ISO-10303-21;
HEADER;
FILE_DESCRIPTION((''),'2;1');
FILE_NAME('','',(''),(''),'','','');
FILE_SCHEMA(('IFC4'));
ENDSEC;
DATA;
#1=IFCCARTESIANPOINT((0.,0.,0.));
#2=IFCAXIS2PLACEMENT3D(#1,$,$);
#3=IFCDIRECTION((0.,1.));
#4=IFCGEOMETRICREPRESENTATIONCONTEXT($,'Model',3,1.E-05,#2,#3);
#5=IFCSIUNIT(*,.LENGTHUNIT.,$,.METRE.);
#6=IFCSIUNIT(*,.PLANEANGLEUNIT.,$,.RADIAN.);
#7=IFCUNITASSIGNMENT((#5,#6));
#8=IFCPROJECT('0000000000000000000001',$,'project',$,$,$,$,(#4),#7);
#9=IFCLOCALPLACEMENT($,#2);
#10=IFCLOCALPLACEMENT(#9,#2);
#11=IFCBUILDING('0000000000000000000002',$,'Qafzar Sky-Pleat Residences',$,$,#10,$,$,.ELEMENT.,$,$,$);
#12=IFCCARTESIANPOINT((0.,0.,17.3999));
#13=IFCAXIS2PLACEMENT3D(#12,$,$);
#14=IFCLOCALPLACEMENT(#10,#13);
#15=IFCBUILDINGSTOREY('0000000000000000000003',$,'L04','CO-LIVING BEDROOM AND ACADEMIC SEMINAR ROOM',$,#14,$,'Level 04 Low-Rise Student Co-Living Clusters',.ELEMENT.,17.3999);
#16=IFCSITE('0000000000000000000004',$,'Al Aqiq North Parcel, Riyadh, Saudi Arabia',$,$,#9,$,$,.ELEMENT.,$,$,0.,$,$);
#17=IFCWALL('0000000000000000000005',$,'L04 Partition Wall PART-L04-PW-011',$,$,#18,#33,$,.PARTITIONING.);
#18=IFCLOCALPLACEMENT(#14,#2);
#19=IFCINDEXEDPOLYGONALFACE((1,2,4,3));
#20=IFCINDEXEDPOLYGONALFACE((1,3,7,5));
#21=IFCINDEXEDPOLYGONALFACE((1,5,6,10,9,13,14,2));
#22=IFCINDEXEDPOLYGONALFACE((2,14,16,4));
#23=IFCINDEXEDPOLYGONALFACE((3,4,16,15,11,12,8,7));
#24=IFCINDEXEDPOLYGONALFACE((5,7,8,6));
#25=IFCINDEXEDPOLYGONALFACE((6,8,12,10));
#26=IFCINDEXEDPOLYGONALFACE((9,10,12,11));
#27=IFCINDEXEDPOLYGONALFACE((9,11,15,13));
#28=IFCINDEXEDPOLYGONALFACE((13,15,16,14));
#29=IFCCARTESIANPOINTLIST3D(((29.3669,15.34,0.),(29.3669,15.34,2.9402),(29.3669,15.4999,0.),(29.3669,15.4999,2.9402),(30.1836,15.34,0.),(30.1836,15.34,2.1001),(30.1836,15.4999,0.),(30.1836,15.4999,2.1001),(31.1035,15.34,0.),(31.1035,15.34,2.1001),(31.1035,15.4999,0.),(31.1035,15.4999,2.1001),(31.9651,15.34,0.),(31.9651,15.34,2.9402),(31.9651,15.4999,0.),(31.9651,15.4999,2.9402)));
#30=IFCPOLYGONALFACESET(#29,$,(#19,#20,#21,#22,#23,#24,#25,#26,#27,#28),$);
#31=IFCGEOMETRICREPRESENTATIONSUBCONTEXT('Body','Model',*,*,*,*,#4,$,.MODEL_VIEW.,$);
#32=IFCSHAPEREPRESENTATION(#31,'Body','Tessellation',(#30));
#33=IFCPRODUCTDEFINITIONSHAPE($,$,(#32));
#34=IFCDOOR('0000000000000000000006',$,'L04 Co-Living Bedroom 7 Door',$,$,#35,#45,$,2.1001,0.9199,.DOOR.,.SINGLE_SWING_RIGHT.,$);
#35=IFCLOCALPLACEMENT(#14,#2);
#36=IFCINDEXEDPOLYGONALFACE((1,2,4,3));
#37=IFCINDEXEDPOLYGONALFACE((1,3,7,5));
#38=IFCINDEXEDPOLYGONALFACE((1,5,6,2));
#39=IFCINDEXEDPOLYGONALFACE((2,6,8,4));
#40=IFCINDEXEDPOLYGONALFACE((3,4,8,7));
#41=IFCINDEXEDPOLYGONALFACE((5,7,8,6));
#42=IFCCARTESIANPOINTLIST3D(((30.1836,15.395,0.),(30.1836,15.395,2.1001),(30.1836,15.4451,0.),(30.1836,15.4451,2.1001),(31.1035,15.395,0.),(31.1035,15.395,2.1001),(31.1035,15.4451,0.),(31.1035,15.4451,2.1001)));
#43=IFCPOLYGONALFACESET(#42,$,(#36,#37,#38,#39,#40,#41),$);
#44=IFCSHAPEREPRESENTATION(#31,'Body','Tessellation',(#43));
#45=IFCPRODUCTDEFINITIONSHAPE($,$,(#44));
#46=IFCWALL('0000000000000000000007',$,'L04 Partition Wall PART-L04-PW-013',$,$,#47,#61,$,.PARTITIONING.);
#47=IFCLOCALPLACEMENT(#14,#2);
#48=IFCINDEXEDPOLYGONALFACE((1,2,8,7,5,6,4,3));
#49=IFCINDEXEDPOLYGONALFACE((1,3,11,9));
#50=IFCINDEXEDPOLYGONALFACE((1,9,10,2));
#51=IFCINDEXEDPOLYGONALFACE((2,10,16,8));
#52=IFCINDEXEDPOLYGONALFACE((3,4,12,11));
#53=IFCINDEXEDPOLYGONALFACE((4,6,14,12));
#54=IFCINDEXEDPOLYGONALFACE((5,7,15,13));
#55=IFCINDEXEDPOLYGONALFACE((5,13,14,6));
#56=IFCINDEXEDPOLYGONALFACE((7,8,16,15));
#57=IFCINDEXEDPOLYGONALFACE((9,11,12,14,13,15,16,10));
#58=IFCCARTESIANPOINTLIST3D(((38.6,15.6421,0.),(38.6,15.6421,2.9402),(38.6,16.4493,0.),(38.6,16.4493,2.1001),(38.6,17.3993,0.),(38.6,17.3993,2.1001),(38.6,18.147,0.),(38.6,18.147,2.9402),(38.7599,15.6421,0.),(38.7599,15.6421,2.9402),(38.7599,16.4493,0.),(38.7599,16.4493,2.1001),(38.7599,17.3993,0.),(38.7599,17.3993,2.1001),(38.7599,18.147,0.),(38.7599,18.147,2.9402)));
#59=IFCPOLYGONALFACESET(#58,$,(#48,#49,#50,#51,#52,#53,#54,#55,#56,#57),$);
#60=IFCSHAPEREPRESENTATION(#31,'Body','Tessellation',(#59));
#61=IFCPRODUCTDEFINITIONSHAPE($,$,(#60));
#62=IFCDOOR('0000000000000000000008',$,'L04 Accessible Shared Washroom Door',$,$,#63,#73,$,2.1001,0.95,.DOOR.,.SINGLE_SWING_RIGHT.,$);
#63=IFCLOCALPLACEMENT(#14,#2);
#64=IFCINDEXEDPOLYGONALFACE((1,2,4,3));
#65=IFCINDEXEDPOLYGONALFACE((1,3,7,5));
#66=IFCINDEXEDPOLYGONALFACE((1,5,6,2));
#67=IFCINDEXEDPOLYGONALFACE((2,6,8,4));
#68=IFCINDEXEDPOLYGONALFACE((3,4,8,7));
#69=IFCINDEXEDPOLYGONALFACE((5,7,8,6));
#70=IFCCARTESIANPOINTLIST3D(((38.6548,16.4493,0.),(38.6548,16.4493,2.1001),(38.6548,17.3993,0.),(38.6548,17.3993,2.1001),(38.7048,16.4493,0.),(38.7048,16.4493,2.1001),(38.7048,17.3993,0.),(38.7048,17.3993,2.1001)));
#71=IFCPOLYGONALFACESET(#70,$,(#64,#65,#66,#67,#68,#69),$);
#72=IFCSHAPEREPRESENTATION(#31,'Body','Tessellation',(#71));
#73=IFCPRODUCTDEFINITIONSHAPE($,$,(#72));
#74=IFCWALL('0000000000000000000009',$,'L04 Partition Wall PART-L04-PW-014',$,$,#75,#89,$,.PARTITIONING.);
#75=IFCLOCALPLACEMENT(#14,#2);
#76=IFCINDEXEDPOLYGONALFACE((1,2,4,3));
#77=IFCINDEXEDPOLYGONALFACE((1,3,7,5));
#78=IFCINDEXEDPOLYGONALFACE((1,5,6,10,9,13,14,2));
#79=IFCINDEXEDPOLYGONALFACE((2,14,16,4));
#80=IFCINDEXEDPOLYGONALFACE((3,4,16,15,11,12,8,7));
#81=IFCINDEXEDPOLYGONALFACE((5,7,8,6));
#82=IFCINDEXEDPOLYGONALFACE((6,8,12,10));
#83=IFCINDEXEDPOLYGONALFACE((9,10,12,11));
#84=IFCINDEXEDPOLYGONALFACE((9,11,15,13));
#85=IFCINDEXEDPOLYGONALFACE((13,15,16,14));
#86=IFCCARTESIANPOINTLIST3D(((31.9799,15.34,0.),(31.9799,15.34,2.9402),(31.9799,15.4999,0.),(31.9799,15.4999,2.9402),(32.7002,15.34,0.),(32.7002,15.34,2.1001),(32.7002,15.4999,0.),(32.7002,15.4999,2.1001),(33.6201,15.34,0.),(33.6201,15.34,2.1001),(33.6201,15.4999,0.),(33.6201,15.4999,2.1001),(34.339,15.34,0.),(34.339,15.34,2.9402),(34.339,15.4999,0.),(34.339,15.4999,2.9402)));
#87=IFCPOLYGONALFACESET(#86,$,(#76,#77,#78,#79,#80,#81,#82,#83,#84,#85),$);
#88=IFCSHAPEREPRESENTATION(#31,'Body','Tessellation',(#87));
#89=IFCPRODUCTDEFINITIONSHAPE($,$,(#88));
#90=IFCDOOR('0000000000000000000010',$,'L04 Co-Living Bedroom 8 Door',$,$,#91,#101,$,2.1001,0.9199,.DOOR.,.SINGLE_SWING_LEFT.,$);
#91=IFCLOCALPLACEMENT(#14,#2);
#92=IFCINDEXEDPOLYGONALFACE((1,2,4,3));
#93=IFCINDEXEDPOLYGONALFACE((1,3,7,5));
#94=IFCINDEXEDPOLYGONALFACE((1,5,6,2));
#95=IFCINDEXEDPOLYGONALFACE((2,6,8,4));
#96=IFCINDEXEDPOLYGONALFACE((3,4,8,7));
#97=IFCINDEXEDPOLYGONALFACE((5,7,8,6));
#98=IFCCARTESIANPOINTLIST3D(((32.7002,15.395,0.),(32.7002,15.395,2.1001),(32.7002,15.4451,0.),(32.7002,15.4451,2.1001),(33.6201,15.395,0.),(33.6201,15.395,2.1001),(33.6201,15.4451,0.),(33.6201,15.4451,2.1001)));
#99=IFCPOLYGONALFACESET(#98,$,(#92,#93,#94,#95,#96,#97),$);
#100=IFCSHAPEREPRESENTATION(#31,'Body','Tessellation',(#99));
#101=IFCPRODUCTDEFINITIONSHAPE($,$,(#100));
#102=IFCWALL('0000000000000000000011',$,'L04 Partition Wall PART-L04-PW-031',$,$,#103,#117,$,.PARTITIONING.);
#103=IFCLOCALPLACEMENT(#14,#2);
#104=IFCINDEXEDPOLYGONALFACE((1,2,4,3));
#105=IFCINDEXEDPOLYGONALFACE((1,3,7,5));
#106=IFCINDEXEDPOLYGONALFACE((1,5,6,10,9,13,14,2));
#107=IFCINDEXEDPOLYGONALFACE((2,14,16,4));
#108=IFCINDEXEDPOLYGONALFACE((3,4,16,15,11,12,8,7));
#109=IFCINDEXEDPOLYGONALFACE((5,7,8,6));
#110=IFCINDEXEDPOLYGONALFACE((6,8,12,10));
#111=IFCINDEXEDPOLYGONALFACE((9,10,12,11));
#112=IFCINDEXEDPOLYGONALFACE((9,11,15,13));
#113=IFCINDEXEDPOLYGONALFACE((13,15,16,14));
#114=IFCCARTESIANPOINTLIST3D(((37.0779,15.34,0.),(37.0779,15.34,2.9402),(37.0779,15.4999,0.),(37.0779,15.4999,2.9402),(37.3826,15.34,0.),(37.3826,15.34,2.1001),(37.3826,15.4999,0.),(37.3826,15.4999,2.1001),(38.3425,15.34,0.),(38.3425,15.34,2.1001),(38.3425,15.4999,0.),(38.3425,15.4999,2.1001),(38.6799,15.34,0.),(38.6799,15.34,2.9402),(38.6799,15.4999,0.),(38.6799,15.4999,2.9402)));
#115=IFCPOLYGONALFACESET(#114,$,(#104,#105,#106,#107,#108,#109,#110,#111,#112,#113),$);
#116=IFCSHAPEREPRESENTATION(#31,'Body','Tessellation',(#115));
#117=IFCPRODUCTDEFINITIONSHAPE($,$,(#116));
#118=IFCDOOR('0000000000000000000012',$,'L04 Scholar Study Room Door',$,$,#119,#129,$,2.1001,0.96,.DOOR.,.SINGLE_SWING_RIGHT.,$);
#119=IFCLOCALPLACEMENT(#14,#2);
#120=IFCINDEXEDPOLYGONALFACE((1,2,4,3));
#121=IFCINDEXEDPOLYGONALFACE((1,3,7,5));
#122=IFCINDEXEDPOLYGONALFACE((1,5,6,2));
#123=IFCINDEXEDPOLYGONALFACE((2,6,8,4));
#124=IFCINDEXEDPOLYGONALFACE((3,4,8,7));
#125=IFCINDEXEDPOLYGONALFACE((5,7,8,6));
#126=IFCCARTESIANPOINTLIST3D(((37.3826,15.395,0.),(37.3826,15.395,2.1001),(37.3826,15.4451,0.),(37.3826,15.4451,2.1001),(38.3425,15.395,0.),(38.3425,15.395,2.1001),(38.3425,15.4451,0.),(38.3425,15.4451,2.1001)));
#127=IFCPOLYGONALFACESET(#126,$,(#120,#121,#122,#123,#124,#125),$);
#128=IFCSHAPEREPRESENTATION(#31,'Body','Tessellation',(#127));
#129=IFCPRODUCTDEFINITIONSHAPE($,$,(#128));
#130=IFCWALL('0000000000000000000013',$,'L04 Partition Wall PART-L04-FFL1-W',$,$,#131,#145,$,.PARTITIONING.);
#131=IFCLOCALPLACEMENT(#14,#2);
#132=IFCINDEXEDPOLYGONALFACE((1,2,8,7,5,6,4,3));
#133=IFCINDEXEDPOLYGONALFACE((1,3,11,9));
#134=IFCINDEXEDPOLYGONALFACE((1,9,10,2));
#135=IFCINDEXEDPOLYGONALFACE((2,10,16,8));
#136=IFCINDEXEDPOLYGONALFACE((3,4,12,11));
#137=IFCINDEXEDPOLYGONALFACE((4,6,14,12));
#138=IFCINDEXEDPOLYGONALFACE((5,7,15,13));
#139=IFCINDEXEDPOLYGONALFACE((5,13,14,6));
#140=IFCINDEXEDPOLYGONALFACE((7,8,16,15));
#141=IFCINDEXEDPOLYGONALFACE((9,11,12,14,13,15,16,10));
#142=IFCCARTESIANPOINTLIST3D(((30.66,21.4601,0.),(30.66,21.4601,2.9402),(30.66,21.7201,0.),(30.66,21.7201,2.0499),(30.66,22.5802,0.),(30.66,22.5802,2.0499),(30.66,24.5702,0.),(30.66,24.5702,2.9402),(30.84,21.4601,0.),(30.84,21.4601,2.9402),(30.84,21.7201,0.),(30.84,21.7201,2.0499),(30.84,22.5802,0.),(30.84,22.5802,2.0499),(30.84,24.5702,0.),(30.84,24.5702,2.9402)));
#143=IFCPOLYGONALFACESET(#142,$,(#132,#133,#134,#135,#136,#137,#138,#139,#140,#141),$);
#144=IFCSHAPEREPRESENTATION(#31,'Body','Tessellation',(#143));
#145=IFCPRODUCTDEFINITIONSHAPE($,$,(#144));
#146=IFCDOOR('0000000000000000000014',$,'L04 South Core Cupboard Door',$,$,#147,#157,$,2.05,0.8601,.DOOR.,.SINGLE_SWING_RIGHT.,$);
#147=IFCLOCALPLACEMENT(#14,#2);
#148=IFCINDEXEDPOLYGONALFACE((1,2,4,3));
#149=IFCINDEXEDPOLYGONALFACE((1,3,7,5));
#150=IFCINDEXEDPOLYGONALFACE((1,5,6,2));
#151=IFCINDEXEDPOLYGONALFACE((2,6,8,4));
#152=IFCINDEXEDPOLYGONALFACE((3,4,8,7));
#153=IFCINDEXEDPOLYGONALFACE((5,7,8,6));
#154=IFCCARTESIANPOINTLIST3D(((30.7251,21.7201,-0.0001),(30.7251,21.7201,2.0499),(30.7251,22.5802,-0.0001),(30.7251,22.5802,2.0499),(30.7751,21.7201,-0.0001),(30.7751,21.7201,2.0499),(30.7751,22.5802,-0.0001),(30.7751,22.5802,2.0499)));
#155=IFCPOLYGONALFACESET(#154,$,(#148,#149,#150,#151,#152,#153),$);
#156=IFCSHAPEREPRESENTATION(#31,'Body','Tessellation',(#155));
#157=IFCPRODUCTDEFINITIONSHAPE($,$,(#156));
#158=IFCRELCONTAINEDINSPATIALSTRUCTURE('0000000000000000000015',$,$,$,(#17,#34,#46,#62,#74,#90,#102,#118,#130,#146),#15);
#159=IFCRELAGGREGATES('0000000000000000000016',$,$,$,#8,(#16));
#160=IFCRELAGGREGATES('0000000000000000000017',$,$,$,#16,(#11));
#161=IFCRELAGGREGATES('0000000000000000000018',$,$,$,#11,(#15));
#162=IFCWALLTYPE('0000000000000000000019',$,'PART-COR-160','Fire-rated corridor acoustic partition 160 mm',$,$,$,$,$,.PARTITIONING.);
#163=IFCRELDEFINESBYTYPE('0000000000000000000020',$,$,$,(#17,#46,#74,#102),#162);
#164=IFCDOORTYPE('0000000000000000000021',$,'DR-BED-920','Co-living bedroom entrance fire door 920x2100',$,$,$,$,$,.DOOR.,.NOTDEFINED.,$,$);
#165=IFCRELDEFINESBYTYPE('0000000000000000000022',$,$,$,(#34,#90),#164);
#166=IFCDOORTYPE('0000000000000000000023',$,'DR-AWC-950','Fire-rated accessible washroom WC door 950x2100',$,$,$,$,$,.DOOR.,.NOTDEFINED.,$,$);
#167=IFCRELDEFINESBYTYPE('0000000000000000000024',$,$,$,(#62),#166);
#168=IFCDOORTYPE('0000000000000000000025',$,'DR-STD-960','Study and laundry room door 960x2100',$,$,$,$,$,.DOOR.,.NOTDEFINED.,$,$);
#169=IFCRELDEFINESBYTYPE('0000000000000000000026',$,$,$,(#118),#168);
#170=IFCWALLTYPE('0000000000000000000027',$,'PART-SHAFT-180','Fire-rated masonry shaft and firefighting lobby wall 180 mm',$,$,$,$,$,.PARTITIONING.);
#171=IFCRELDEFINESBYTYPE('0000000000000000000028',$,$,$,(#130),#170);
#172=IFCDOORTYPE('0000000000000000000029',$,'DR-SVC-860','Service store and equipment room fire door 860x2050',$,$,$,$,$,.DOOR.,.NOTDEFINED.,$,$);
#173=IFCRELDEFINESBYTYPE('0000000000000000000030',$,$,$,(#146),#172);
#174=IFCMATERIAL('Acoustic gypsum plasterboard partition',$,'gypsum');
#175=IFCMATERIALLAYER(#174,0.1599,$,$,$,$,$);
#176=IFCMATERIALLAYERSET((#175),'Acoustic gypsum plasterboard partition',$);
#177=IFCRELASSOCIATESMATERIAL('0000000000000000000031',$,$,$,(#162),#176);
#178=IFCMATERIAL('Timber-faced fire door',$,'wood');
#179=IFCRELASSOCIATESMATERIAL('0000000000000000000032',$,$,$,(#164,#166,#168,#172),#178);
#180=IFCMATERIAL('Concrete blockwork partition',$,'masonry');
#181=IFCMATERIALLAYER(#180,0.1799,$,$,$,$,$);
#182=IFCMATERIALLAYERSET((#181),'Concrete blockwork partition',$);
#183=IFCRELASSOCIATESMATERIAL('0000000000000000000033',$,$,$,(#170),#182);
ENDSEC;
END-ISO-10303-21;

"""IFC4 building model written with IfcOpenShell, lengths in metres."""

from ifc_helpers import new_model, si_unit, direction, frame, frame_2d, origin, place, context, subcontext, project, spatial, rectangle, extrude, source, transform, mapped, material, layer, layer_set, type_object, element, fill, save


model = new_model("IFC4")

# Units and contexts
model_context = context("Model", 3, precision=1e-05, world=origin(), true_north=direction((0.0, 1.0)))
body_context = subcontext(model_context, "Body", "Model", "MODEL_VIEW")
ifc_project = project(units=[si_unit("LENGTHUNIT", "METRE"), si_unit("PLANEANGLEUNIT", "RADIAN")], contexts=[model_context])

# Site, building, storey
site_placement = place(None, origin())
site = spatial("IfcSite", under=ifc_project, at=site_placement, Name="Al Aqiq North Parcel, Riyadh, Saudi Arabia", CompositionType="ELEMENT", RefElevation=0.0)
building_placement = place(site_placement, origin())
building = spatial("IfcBuilding", under=site, at=building_placement, Name="Qafzar Sky-Pleat Residences", CompositionType="ELEMENT")
storey_placement = place(building_placement, frame((0.0, 0.0, 17.3999)))
storey = spatial("IfcBuildingStorey", under=building, at=storey_placement, Name="L04", Description="CO-LIVING BEDROOM AND ACADEMIC SEMINAR ROOM", LongName="Level 04 Low-Rise Student Co-Living Clusters", CompositionType="ELEMENT", Elevation=17.3999)

# Walls, openings, doors
ifc_material_1 = material(Name="Acoustic gypsum plasterboard partition", Category="gypsum")
ifc_layer_1 = layer(ifc_material_1, 0.1599)
ifc_layer_set_1 = layer_set([ifc_layer_1], Name="Acoustic gypsum plasterboard partition")
wall_type_1 = type_object("IfcWallType", Name="PART-COR-160", Description="Fire-rated corridor acoustic partition 160 mm", PredefinedType="PARTITIONING", material=ifc_layer_set_1)
ifc_material_2 = material(Name="Timber-faced fire door", Category="wood")
door_type_1 = type_object("IfcDoorType", Name="DR-BED-920", Description="Co-living bedroom entrance fire door 920x2100", OperationType="NOTDEFINED", PredefinedType="DOOR", material=ifc_material_2)
shared_shape_1 = source(origin(), body_context, "Body", "SweptSolid", [
    extrude(rectangle(XDim=0.9199, YDim=2.1001, at=frame_2d((0.46, 1.05))), frame((0.0, 0.0249, 0.0), z_axis=(0.0, -1.0, 0.0), x_axis=(1.0, 0.0, 0.0)), (0.0, 0.0, 1.0), 0.05),
])
wall_1_placement = place(storey_placement, frame((31.9651, 15.4199, 0.0), z_axis=(0.0, 0.0, 1.0), x_axis=(-1.0, 0.0, 0.0)))
wall_1 = element("IfcWall", 1, at=wall_1_placement, inside=storey, type_object=wall_type_1, Name="L04 Partition Wall PART-L04-PW-011", PredefinedType="PARTITIONING", context=body_context, shape_type="SweptSolid", body=[
    extrude(rectangle(XDim=2.5981, YDim=0.1599, at=frame_2d((1.2991, 0.0))), origin(), (0.0, 0.0, 1.0), 2.9402),
])
opening_1_placement = place(wall_1_placement, frame((0.8616, 0.0, 0.0)))
opening_1 = element("IfcOpeningElement", 2, at=opening_1_placement, cuts=wall_1, PredefinedType="OPENING", context=body_context, shape_type="SweptSolid", body=[
    extrude(rectangle(XDim=0.9199, YDim=2.1001, at=frame_2d((0.46, 1.05))), frame((0.0, 0.0898, 0.0), z_axis=(0.0, -1.0, 0.0), x_axis=(1.0, 0.0, 0.0)), (0.0, 0.0, 1.0), 0.1799),
])
door_1_placement = place(opening_1_placement, origin())
door_1 = element("IfcDoor", 3, at=door_1_placement, inside=storey, type_object=door_type_1, Name="L04 Co-Living Bedroom 7 Door", OperationType="SINGLE_SWING_RIGHT", OverallHeight=2.1001, OverallWidth=0.9199, PredefinedType="DOOR", context=body_context, shape_type="MappedRepresentation", body=[
    mapped(shared_shape_1, transform((0.0, 0.0, 0.0), x_axis=(1.0, 0.0, 0.0), y_axis=(0.0, 1.0, 0.0), z_axis=(0.0, 0.0, 1.0), scale=1.0)),
])
fill(opening_1, door_1)
wall_2_placement = place(storey_placement, frame((38.6799, 18.147, 0.0), z_axis=(0.0, 0.0, 1.0), x_axis=(0.0, -1.0, 0.0)))
wall_2 = element("IfcWall", 4, at=wall_2_placement, inside=storey, type_object=wall_type_1, Name="L04 Partition Wall PART-L04-PW-013", PredefinedType="PARTITIONING", context=body_context, shape_type="SweptSolid", body=[
    extrude(rectangle(XDim=2.5049, YDim=0.1599, at=frame_2d((1.2524, 0.0))), origin(), (0.0, 0.0, 1.0), 2.9402),
])
opening_2_placement = place(wall_2_placement, frame((0.7476, 0.0, 0.0)))
opening_2 = element("IfcOpeningElement", 5, at=opening_2_placement, cuts=wall_2, PredefinedType="OPENING", context=body_context, shape_type="SweptSolid", body=[
    extrude(rectangle(XDim=0.95, YDim=2.1001, at=frame_2d((0.4751, 1.05))), frame((0.0, 0.0898, 0.0), z_axis=(0.0, -1.0, 0.0), x_axis=(1.0, 0.0, 0.0)), (0.0, 0.0, 1.0), 0.1799),
])
door_type_2 = type_object("IfcDoorType", Name="DR-AWC-950", Description="Fire-rated accessible washroom WC door 950x2100", OperationType="NOTDEFINED", PredefinedType="DOOR", material=ifc_material_2)
shared_shape_2 = source(origin(), body_context, "Body", "SweptSolid", [
    extrude(rectangle(XDim=0.95, YDim=2.1001, at=frame_2d((0.4751, 1.05))), frame((0.0, 0.0249, 0.0), z_axis=(0.0, -1.0, 0.0), x_axis=(1.0, 0.0, 0.0)), (0.0, 0.0, 1.0), 0.05),
])
door_2_placement = place(opening_2_placement, origin())
door_2 = element("IfcDoor", 6, at=door_2_placement, inside=storey, type_object=door_type_2, Name="L04 Accessible Shared Washroom Door", OperationType="SINGLE_SWING_RIGHT", OverallHeight=2.1001, OverallWidth=0.95, PredefinedType="DOOR", context=body_context, shape_type="MappedRepresentation", body=[
    mapped(shared_shape_2, transform((0.0, 0.0, 0.0), x_axis=(1.0, 0.0, 0.0), y_axis=(0.0, 1.0, 0.0), z_axis=(0.0, 0.0, 1.0), scale=1.0)),
])
fill(opening_2, door_2)
wall_3_placement = place(storey_placement, frame((34.3391, 15.4199, 0.0), z_axis=(0.0, 0.0, 1.0), x_axis=(-1.0, 0.0, 0.0)))
wall_3 = element("IfcWall", 7, at=wall_3_placement, inside=storey, type_object=wall_type_1, Name="L04 Partition Wall PART-L04-PW-014", PredefinedType="PARTITIONING", context=body_context, shape_type="SweptSolid", body=[
    extrude(rectangle(XDim=2.3591, YDim=0.1599, at=frame_2d((1.1797, 0.0))), origin(), (0.0, 0.0, 1.0), 2.9402),
])
opening_3_placement = place(wall_3_placement, frame((0.719, 0.0, 0.0)))
opening_3 = element("IfcOpeningElement", 8, at=opening_3_placement, cuts=wall_3, PredefinedType="OPENING", context=body_context, shape_type="SweptSolid", body=[
    extrude(rectangle(XDim=0.9199, YDim=2.1001, at=frame_2d((0.46, 1.05))), frame((0.0, 0.0898, 0.0), z_axis=(0.0, -1.0, 0.0), x_axis=(1.0, 0.0, 0.0)), (0.0, 0.0, 1.0), 0.1799),
])
door_3_placement = place(opening_3_placement, origin())
door_3 = element("IfcDoor", 9, at=door_3_placement, inside=storey, type_object=door_type_1, Name="L04 Co-Living Bedroom 8 Door", OperationType="SINGLE_SWING_LEFT", OverallHeight=2.1001, OverallWidth=0.9199, PredefinedType="DOOR", context=body_context, shape_type="MappedRepresentation", body=[
    mapped(shared_shape_1, transform((0.0, 0.0, 0.0), x_axis=(1.0, 0.0, 0.0), y_axis=(0.0, 1.0, 0.0), z_axis=(0.0, 0.0, 1.0), scale=1.0)),
])
fill(opening_3, door_3)
wall_4_placement = place(storey_placement, frame((38.6799, 15.4199, 0.0), z_axis=(0.0, 0.0, 1.0), x_axis=(-1.0, 0.0, 0.0)))
wall_4 = element("IfcWall", 10, at=wall_4_placement, inside=storey, type_object=wall_type_1, Name="L04 Partition Wall PART-L04-PW-031", PredefinedType="PARTITIONING", context=body_context, shape_type="SweptSolid", body=[
    extrude(rectangle(XDim=1.6021, YDim=0.1599, at=frame_2d((0.801, 0.0))), origin(), (0.0, 0.0, 1.0), 2.9402),
])
opening_4_placement = place(wall_4_placement, frame((0.3374, 0.0, 0.0)))
opening_4 = element("IfcOpeningElement", 11, at=opening_4_placement, cuts=wall_4, PredefinedType="OPENING", context=body_context, shape_type="SweptSolid", body=[
    extrude(rectangle(XDim=0.96, YDim=2.1001, at=frame_2d((0.48, 1.05))), frame((0.0, 0.0898, 0.0), z_axis=(0.0, -1.0, 0.0), x_axis=(1.0, 0.0, 0.0)), (0.0, 0.0, 1.0), 0.1799),
])
door_type_3 = type_object("IfcDoorType", Name="DR-STD-960", Description="Study and laundry room door 960x2100", OperationType="NOTDEFINED", PredefinedType="DOOR", material=ifc_material_2)
shared_shape_3 = source(origin(), body_context, "Body", "SweptSolid", [
    extrude(rectangle(XDim=0.96, YDim=2.1001, at=frame_2d((0.48, 1.05))), frame((0.0, 0.0249, 0.0), z_axis=(0.0, -1.0, 0.0), x_axis=(1.0, 0.0, 0.0)), (0.0, 0.0, 1.0), 0.05),
])
door_4_placement = place(opening_4_placement, origin())
door_4 = element("IfcDoor", 12, at=door_4_placement, inside=storey, type_object=door_type_3, Name="L04 Scholar Study Room Door", OperationType="SINGLE_SWING_RIGHT", OverallHeight=2.1001, OverallWidth=0.96, PredefinedType="DOOR", context=body_context, shape_type="MappedRepresentation", body=[
    mapped(shared_shape_3, transform((0.0, 0.0, 0.0), x_axis=(1.0, 0.0, 0.0), y_axis=(0.0, 1.0, 0.0), z_axis=(0.0, 0.0, 1.0), scale=1.0)),
])
fill(opening_4, door_4)
ifc_material_3 = material(Name="Concrete blockwork partition", Category="masonry")
ifc_layer_2 = layer(ifc_material_3, 0.1799)
ifc_layer_set_2 = layer_set([ifc_layer_2], Name="Concrete blockwork partition")
wall_type_2 = type_object("IfcWallType", Name="PART-SHAFT-180", Description="Fire-rated masonry shaft and firefighting lobby wall 180 mm", PredefinedType="PARTITIONING", material=ifc_layer_set_2)
wall_5_placement = place(storey_placement, frame((30.75, 21.46, 0.0), z_axis=(0.0, 0.0, 1.0), x_axis=(0.0, 1.0, 0.0)))
wall_5 = element("IfcWall", 13, at=wall_5_placement, inside=storey, type_object=wall_type_2, Name="L04 Partition Wall PART-L04-FFL1-W", PredefinedType="PARTITIONING", context=body_context, shape_type="SweptSolid", body=[
    extrude(rectangle(XDim=3.1101, YDim=0.1799, at=frame_2d((1.5552, 0.0))), origin(), (0.0, 0.0, 1.0), 2.9402),
])
opening_5_placement = place(wall_5_placement, frame((0.26, 0.0, 0.0)))
opening_5 = element("IfcOpeningElement", 14, at=opening_5_placement, cuts=wall_5, PredefinedType="OPENING", context=body_context, shape_type="SweptSolid", body=[
    extrude(rectangle(XDim=0.8601, YDim=2.05, at=frame_2d((0.4302, 1.0249))), frame((0.0, 0.1001, 0.0), z_axis=(0.0, -1.0, 0.0), x_axis=(1.0, 0.0, 0.0)), (0.0, 0.0, 1.0), 0.2),
])
door_type_4 = type_object("IfcDoorType", Name="DR-SVC-860", Description="Service store and equipment room fire door 860x2050", OperationType="NOTDEFINED", PredefinedType="DOOR", material=ifc_material_2)
shared_shape_4 = source(origin(), body_context, "Body", "SweptSolid", [
    extrude(rectangle(XDim=0.8601, YDim=2.05, at=frame_2d((0.4302, 1.0249))), frame((0.0, 0.0249, 0.0), z_axis=(0.0, -1.0, 0.0), x_axis=(1.0, 0.0, 0.0)), (0.0, 0.0, 1.0), 0.05),
])
door_5_placement = place(opening_5_placement, origin())
door_5 = element("IfcDoor", 15, at=door_5_placement, inside=storey, type_object=door_type_4, Name="L04 South Core Cupboard Door", OperationType="SINGLE_SWING_RIGHT", OverallHeight=2.05, OverallWidth=0.8601, PredefinedType="DOOR", context=body_context, shape_type="MappedRepresentation", body=[
    mapped(shared_shape_4, transform((0.0, 0.0, 0.0), x_axis=(1.0, 0.0, 0.0), y_axis=(0.0, 1.0, 0.0), z_axis=(0.0, 0.0, 1.0), scale=1.0)),
])
fill(opening_5, door_5)

save(model, "model.ifc")
